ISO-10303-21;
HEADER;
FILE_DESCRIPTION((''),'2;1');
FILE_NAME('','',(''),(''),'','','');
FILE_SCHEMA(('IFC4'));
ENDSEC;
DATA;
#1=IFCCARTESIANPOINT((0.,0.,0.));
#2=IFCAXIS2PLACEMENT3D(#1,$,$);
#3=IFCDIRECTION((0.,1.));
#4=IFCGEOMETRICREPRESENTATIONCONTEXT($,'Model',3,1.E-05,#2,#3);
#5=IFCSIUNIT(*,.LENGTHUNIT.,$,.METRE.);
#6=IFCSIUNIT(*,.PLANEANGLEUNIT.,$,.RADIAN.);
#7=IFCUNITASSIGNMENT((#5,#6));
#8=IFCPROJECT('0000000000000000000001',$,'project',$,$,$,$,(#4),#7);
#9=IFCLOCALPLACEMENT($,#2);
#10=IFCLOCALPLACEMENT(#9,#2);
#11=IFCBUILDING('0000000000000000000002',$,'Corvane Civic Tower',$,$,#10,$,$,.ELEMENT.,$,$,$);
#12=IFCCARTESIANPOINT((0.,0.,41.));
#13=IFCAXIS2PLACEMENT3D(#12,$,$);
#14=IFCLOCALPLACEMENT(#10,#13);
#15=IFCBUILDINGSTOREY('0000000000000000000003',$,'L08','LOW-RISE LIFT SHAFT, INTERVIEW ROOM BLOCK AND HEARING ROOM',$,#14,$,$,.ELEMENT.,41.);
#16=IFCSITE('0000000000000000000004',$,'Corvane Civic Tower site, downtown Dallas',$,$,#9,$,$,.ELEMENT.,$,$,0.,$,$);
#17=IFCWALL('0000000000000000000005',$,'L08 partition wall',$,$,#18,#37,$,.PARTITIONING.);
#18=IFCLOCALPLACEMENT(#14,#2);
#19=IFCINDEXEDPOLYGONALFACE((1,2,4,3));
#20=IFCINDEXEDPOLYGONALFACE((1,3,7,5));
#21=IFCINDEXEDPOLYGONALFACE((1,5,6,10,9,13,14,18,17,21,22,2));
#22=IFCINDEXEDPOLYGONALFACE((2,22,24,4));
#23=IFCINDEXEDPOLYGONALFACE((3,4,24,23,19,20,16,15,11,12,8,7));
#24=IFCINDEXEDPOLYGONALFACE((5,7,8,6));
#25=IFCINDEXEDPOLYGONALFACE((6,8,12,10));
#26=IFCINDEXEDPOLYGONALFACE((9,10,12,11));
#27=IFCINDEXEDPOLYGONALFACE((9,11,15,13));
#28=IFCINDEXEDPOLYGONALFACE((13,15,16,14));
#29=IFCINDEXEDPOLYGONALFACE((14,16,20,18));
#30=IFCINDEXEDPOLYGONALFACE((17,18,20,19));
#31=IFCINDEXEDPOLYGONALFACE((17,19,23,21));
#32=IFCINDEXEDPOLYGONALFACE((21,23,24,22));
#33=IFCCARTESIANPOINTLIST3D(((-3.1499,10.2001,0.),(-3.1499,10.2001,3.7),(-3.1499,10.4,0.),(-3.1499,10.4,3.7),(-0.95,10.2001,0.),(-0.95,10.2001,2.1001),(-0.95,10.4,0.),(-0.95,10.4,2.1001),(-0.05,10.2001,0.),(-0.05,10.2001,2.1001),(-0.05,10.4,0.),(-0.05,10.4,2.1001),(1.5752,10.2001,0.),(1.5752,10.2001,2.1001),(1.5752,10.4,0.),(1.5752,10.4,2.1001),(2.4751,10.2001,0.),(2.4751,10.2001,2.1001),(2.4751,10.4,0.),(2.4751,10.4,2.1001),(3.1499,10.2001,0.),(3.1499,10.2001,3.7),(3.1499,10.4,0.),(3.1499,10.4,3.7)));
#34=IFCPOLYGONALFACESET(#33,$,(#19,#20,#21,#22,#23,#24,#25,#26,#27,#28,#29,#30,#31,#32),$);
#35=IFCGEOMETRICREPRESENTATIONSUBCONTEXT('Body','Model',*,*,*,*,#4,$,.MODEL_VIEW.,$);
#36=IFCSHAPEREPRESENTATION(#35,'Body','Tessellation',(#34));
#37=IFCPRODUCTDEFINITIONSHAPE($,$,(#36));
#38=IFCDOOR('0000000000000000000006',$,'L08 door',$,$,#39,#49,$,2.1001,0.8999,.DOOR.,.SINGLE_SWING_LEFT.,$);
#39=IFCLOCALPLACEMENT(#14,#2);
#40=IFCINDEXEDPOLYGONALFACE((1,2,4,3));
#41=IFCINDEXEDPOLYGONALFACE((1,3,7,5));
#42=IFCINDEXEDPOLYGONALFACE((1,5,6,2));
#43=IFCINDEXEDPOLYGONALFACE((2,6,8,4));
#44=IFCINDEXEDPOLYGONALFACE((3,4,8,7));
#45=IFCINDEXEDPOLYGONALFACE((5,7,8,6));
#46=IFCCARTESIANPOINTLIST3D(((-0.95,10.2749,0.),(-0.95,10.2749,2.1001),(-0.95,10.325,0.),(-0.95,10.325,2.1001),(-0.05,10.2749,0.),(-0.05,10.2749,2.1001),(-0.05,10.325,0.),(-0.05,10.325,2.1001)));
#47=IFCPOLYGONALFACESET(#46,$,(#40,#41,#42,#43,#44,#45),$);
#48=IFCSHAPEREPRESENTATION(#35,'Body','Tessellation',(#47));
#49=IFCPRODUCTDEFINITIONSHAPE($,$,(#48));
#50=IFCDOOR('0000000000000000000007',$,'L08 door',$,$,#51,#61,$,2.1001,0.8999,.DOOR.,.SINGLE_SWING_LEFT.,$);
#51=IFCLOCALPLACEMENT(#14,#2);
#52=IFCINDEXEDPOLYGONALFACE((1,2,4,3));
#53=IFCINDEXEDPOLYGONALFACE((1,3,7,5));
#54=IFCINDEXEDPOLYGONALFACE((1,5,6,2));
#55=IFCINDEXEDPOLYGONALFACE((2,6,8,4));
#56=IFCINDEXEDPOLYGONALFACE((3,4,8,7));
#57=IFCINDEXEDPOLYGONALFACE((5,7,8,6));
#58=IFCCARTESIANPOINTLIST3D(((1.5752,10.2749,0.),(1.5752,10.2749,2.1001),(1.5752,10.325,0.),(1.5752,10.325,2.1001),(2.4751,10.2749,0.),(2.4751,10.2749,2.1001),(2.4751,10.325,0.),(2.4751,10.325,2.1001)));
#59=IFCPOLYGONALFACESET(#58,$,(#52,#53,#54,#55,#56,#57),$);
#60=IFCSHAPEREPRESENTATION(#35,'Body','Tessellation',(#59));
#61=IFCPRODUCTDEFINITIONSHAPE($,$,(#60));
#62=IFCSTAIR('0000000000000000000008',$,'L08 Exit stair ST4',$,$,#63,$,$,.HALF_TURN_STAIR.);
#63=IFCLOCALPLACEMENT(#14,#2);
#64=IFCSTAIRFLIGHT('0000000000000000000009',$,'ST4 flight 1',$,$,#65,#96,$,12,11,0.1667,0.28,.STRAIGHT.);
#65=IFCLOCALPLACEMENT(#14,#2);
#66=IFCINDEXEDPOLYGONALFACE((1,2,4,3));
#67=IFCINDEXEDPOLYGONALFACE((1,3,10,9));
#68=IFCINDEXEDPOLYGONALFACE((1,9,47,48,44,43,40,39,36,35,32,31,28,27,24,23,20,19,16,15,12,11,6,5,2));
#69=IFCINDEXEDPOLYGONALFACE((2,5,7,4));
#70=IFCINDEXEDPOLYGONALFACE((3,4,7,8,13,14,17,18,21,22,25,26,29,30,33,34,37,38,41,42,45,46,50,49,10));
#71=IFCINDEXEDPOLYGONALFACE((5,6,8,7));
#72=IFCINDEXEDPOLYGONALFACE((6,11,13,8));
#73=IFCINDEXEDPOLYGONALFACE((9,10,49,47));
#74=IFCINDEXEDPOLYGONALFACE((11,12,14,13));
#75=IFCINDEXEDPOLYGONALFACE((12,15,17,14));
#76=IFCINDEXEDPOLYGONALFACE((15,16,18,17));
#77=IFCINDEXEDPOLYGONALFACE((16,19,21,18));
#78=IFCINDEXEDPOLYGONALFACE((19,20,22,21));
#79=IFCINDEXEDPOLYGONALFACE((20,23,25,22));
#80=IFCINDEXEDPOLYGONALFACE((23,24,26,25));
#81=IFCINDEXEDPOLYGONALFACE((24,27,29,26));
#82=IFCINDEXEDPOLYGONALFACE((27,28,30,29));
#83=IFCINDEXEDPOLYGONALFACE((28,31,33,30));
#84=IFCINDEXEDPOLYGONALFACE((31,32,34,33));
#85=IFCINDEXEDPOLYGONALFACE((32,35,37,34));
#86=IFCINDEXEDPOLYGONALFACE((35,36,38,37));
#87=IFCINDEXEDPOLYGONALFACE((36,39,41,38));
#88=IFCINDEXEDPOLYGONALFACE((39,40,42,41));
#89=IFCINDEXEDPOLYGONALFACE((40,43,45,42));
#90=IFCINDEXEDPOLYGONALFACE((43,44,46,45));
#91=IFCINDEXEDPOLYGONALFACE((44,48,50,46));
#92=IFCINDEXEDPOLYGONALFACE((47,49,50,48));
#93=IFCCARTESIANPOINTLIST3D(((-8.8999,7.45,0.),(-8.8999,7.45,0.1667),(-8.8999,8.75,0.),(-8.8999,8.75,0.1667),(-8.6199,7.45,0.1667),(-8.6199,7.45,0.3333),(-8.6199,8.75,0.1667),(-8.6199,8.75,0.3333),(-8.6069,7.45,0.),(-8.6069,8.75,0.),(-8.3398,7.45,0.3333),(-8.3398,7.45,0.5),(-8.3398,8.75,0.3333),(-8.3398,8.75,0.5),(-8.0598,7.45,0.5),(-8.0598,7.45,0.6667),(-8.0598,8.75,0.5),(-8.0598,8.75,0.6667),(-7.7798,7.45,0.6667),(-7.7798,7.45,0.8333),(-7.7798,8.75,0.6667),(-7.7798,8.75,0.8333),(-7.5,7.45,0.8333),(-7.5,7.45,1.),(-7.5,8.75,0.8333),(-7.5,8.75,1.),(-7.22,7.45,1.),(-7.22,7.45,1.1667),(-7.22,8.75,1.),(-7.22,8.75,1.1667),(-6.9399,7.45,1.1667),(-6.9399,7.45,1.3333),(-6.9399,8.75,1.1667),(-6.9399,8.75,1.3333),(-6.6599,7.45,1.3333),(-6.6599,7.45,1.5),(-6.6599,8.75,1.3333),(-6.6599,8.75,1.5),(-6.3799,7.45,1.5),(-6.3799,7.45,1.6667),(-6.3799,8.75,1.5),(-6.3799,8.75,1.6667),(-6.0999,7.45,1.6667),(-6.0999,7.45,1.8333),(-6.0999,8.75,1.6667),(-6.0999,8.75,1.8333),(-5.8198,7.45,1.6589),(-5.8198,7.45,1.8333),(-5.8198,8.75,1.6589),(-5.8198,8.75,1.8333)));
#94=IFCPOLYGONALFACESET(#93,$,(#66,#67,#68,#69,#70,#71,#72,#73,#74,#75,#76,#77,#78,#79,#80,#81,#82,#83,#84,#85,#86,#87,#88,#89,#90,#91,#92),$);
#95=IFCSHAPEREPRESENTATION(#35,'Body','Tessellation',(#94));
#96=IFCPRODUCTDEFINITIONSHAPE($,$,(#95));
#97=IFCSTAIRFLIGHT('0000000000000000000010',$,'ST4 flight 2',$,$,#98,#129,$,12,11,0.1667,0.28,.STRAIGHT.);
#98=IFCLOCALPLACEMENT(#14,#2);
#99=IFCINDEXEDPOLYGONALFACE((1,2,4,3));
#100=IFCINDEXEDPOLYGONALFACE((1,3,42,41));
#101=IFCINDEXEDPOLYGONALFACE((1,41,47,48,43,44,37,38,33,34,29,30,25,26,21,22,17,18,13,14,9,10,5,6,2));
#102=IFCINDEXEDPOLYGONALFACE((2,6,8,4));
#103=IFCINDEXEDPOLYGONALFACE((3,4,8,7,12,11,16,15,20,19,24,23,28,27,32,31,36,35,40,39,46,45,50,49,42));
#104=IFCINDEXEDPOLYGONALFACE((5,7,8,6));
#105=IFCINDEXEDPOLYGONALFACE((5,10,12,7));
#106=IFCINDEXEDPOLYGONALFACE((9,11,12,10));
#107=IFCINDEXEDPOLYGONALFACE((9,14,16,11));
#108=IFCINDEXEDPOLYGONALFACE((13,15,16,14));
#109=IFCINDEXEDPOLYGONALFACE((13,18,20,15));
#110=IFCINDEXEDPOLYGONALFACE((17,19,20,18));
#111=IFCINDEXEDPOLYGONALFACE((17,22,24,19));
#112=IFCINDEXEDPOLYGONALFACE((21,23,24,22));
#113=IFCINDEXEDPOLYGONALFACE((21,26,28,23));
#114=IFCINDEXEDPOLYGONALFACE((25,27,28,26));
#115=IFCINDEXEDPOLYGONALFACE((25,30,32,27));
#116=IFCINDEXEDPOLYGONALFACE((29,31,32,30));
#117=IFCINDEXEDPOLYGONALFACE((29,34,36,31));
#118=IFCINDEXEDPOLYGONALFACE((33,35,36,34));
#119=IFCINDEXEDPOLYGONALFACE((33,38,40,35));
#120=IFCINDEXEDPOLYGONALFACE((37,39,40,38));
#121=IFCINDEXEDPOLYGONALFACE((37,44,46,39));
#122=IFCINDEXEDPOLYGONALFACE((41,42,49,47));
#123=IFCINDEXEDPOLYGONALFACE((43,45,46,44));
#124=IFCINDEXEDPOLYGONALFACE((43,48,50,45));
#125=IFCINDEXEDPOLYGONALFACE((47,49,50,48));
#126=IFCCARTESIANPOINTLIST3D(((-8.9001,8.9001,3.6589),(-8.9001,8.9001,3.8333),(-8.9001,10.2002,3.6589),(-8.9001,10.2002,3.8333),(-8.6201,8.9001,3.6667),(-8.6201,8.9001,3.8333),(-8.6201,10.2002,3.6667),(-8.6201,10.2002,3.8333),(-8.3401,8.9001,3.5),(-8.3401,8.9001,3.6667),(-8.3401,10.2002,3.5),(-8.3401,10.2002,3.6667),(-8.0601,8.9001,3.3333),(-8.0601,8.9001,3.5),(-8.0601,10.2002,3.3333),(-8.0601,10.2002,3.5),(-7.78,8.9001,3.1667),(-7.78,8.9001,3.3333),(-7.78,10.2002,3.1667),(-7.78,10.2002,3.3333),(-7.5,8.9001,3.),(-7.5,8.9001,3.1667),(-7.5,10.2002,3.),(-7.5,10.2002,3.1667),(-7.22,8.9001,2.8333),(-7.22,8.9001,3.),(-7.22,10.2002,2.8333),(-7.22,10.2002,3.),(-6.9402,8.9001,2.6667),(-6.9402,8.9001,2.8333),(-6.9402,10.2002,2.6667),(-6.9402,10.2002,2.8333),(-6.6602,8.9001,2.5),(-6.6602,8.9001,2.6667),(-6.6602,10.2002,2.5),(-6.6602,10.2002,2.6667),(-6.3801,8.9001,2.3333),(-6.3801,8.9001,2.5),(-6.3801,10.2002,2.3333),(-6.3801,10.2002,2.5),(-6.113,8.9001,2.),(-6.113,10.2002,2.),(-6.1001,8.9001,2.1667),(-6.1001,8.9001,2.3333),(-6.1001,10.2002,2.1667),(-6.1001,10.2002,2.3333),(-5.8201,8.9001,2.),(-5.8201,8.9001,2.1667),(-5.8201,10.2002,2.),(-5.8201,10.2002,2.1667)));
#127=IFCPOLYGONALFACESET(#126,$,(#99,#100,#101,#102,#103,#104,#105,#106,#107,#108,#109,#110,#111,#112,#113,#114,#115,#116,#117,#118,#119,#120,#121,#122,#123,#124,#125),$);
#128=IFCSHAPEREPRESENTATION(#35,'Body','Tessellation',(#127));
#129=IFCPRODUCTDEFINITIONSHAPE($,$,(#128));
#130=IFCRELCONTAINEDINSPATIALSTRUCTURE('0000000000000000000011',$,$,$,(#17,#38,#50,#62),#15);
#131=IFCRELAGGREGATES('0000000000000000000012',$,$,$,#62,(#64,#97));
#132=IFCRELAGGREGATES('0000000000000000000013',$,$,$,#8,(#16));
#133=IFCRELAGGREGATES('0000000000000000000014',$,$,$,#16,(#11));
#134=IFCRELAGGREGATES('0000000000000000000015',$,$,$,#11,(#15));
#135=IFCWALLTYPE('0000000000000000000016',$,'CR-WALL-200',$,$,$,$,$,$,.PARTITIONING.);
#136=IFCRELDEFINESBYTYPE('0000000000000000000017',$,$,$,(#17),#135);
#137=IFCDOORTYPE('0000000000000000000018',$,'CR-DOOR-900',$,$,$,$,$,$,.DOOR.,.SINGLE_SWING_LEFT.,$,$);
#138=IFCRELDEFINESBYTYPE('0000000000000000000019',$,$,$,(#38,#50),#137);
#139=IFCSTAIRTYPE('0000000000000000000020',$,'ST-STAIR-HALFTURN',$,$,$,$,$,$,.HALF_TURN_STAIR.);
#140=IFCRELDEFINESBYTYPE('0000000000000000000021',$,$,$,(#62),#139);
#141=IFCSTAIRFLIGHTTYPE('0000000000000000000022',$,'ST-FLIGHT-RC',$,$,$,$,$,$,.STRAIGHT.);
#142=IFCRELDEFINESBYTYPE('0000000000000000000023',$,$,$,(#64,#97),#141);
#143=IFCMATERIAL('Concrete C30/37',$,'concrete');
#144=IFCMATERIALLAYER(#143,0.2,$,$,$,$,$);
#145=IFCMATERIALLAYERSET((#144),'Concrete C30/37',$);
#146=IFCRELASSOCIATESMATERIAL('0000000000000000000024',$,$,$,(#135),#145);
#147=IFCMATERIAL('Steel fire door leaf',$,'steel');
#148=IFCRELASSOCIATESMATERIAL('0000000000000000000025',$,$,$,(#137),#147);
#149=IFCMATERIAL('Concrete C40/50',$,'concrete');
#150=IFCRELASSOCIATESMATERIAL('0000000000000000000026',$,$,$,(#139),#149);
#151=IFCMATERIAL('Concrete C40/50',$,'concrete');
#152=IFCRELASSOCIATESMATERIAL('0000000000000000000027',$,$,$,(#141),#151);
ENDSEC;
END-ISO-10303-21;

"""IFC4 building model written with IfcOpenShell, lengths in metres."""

from ifc_helpers import new_model, si_unit, direction, frame, frame_2d, origin, place, context, subcontext, project, spatial, polyline, rectangle, outline, extrude, material, layer, layer_set, type_object, element, fill, aggregate, save


model = new_model("IFC4")

# Units and contexts
model_context = context("Model", 3, precision=1e-05, world=origin(), true_north=direction((0.0, 1.0)))
body_context = subcontext(model_context, "Body", "Model", "MODEL_VIEW")
ifc_project = project(units=[si_unit("LENGTHUNIT", "METRE"), si_unit("PLANEANGLEUNIT", "RADIAN")], contexts=[model_context])

# Site, building, storey
site_placement = place(None, origin())
site = spatial("IfcSite", under=ifc_project, at=site_placement, Name="Corvane Civic Tower site, downtown Dallas", CompositionType="ELEMENT", RefElevation=0.0)
building_placement = place(site_placement, origin())
building = spatial("IfcBuilding", under=site, at=building_placement, Name="Corvane Civic Tower", CompositionType="ELEMENT")
storey_placement = place(building_placement, frame((0.0, 0.0, 41.0)))
storey = spatial("IfcBuildingStorey", under=building, at=storey_placement, Name="L08", Description="LOW-RISE LIFT SHAFT, INTERVIEW ROOM BLOCK AND HEARING ROOM", CompositionType="ELEMENT", Elevation=41.0)

# Shared definitions
ifc_material_1 = material(Name="Concrete C30/37", Category="concrete")
ifc_layer_1 = layer(ifc_material_1, 0.2)
ifc_layer_set_1 = layer_set([ifc_layer_1], Name="Concrete C30/37")
wall_type_1 = type_object("IfcWallType", Name="CR-WALL-200", PredefinedType="PARTITIONING", material=ifc_layer_set_1)
ifc_material_2 = material(Name="Steel fire door leaf", Category="steel")
door_type = type_object("IfcDoorType", Name="CR-DOOR-900", OperationType="SINGLE_SWING_LEFT", PredefinedType="DOOR", material=ifc_material_2)

# Wall, openings, doors
wall_1_placement = place(storey_placement, frame((-3.1499, 10.3, 0.0), z_axis=(0.0, 0.0, 1.0), x_axis=(1.0, 0.0, 0.0)))
wall_1 = element("IfcWall", 1, at=wall_1_placement, inside=storey, type_object=wall_type_1, Name="L08 partition wall", PredefinedType="PARTITIONING", context=body_context, shape_type="SweptSolid", body=[
    extrude(rectangle(XDim=6.2998, YDim=0.2, at=frame_2d((3.1499, 0.0))), origin(), (0.0, 0.0, 1.0), 3.7),
])
opening_1_placement = place(wall_1_placement, frame((2.2, 0.0, 0.0)))
opening_1 = element("IfcOpeningElement", 2, at=opening_1_placement, cuts=wall_1, PredefinedType="OPENING", context=body_context, shape_type="SweptSolid", body=[
    extrude(rectangle(XDim=0.8999, YDim=2.1001, at=frame_2d((0.45, 1.05))), frame((0.0, 0.1099, 0.0), z_axis=(0.0, -1.0, 0.0), x_axis=(1.0, 0.0, 0.0)), (0.0, 0.0, 1.0), 0.22),
])
opening_2_placement = place(wall_1_placement, frame((4.7251, 0.0, 0.0)))
opening_2 = element("IfcOpeningElement", 3, at=opening_2_placement, cuts=wall_1, PredefinedType="OPENING", context=body_context, shape_type="SweptSolid", body=[
    extrude(rectangle(XDim=0.8999, YDim=2.1001, at=frame_2d((0.45, 1.05))), frame((0.0, 0.1099, 0.0), z_axis=(0.0, -1.0, 0.0), x_axis=(1.0, 0.0, 0.0)), (0.0, 0.0, 1.0), 0.22),
])
door_1_placement = place(opening_1_placement, origin())
door_1 = element("IfcDoor", 4, at=door_1_placement, inside=storey, type_object=door_type, Name="L08 door", OperationType="SINGLE_SWING_LEFT", OverallHeight=2.1001, OverallWidth=0.8999, PredefinedType="DOOR", context=body_context, shape_type="SweptSolid", body=[
    extrude(rectangle(XDim=0.8999, YDim=2.1001, at=frame_2d((0.45, 1.05))), frame((0.0, 0.0249, 0.0), z_axis=(0.0, -1.0, 0.0), x_axis=(1.0, 0.0, 0.0)), (0.0, 0.0, 1.0), 0.05),
])
fill(opening_1, door_1)
door_2_placement = place(opening_2_placement, origin())
door_2 = element("IfcDoor", 5, at=door_2_placement, inside=storey, type_object=door_type, Name="L08 door", OperationType="SINGLE_SWING_LEFT", OverallHeight=2.1001, OverallWidth=0.8999, PredefinedType="DOOR", context=body_context, shape_type="SweptSolid", body=[
    extrude(rectangle(XDim=0.8999, YDim=2.1001, at=frame_2d((0.45, 1.05))), frame((0.0, 0.0249, 0.0), z_axis=(0.0, -1.0, 0.0), x_axis=(1.0, 0.0, 0.0)), (0.0, 0.0, 1.0), 0.05),
])
fill(opening_2, door_2)

# Stair, stair flights
ifc_material_3 = material(Name="Concrete C40/50", Category="concrete")
stair_type = type_object("IfcStairType", Name="ST-STAIR-HALFTURN", PredefinedType="HALF_TURN_STAIR", material=ifc_material_3)
stair_placement = place(storey_placement, origin())
stair = element("IfcStair", 6, at=stair_placement, inside=storey, type_object=stair_type, Name="L08 Exit stair ST4", PredefinedType="HALF_TURN_STAIR")
ifc_material_4 = material(Name="Concrete C40/50", Category="concrete")
stair_flight_type = type_object("IfcStairFlightType", Name="ST-FLIGHT-RC", PredefinedType="STRAIGHT", material=ifc_material_4)
stair_flight_1_placement = place(storey_placement, frame((-8.8999, 8.1001, 0.0), z_axis=(0.0, 0.0, 1.0), x_axis=(1.0, 0.0, 0.0)))
stair_flight_1 = element("IfcStairFlight", 7, at=stair_flight_1_placement, type_object=stair_flight_type, Name="ST4 flight 1", NumberOfRisers=12, NumberOfTreads=11, PredefinedType="STRAIGHT", RiserHeight=0.1667, TreadLength=0.28, context=body_context, shape_type="SweptSolid", body=[
    extrude(outline(polyline([(0.0, 0.0), (0.0, 0.1667), (0.28, 0.1667), (0.28, 0.3333), (0.5601, 0.3333), (0.5601, 0.5), (0.8401, 0.5), (0.8401, 0.6667), (1.1201, 0.6667), (1.1201, 0.8333), (1.3999, 0.8333), (1.3999, 1.0), (1.6799, 1.0), (1.6799, 1.1667), (1.96, 1.1667), (1.96, 1.3333), (2.24, 1.3333), (2.24, 1.5), (2.52, 1.5), (2.52, 1.6667), (2.8, 1.6667), (2.8, 1.8333), (3.0801, 1.8333), (3.0801, 2.0), (3.0801, 1.6589), (0.293, 0.0), (0.0, 0.0)])), frame((0.0, 0.6499, 0.0), z_axis=(0.0, -1.0, 0.0), x_axis=(1.0, 0.0, 0.0)), (0.0, 0.0, 1.0), 1.3),
])
stair_flight_2_placement = place(storey_placement, frame((-5.8201, 9.55, 2.0), z_axis=(0.0, 0.0, 1.0), x_axis=(-1.0, 0.0, 0.0)))
stair_flight_2 = element("IfcStairFlight", 8, at=stair_flight_2_placement, type_object=stair_flight_type, Name="ST4 flight 2", NumberOfRisers=12, NumberOfTreads=11, PredefinedType="STRAIGHT", RiserHeight=0.1667, TreadLength=0.28, context=body_context, shape_type="SweptSolid", body=[
    extrude(outline(polyline([(0.0, 0.0), (0.0, 0.1667), (0.28, 0.1667), (0.28, 0.3333), (0.5601, 0.3333), (0.5601, 0.5), (0.8401, 0.5), (0.8401, 0.6667), (1.1201, 0.6667), (1.1201, 0.8333), (1.3999, 0.8333), (1.3999, 1.0), (1.6799, 1.0), (1.6799, 1.1667), (1.96, 1.1667), (1.96, 1.3333), (2.24, 1.3333), (2.24, 1.5), (2.52, 1.5), (2.52, 1.6667), (2.8, 1.6667), (2.8, 1.8333), (3.0801, 1.8333), (3.0801, 2.0), (3.0801, 1.6589), (0.293, 0.0), (0.0, 0.0)])), frame((0.0, 0.6499, 0.0), z_axis=(0.0, -1.0, 0.0), x_axis=(1.0, 0.0, 0.0)), (0.0, 0.0, 1.0), 1.3),
])
aggregate(stair, [stair_flight_1, stair_flight_2])

save(model, "model.ifc")
